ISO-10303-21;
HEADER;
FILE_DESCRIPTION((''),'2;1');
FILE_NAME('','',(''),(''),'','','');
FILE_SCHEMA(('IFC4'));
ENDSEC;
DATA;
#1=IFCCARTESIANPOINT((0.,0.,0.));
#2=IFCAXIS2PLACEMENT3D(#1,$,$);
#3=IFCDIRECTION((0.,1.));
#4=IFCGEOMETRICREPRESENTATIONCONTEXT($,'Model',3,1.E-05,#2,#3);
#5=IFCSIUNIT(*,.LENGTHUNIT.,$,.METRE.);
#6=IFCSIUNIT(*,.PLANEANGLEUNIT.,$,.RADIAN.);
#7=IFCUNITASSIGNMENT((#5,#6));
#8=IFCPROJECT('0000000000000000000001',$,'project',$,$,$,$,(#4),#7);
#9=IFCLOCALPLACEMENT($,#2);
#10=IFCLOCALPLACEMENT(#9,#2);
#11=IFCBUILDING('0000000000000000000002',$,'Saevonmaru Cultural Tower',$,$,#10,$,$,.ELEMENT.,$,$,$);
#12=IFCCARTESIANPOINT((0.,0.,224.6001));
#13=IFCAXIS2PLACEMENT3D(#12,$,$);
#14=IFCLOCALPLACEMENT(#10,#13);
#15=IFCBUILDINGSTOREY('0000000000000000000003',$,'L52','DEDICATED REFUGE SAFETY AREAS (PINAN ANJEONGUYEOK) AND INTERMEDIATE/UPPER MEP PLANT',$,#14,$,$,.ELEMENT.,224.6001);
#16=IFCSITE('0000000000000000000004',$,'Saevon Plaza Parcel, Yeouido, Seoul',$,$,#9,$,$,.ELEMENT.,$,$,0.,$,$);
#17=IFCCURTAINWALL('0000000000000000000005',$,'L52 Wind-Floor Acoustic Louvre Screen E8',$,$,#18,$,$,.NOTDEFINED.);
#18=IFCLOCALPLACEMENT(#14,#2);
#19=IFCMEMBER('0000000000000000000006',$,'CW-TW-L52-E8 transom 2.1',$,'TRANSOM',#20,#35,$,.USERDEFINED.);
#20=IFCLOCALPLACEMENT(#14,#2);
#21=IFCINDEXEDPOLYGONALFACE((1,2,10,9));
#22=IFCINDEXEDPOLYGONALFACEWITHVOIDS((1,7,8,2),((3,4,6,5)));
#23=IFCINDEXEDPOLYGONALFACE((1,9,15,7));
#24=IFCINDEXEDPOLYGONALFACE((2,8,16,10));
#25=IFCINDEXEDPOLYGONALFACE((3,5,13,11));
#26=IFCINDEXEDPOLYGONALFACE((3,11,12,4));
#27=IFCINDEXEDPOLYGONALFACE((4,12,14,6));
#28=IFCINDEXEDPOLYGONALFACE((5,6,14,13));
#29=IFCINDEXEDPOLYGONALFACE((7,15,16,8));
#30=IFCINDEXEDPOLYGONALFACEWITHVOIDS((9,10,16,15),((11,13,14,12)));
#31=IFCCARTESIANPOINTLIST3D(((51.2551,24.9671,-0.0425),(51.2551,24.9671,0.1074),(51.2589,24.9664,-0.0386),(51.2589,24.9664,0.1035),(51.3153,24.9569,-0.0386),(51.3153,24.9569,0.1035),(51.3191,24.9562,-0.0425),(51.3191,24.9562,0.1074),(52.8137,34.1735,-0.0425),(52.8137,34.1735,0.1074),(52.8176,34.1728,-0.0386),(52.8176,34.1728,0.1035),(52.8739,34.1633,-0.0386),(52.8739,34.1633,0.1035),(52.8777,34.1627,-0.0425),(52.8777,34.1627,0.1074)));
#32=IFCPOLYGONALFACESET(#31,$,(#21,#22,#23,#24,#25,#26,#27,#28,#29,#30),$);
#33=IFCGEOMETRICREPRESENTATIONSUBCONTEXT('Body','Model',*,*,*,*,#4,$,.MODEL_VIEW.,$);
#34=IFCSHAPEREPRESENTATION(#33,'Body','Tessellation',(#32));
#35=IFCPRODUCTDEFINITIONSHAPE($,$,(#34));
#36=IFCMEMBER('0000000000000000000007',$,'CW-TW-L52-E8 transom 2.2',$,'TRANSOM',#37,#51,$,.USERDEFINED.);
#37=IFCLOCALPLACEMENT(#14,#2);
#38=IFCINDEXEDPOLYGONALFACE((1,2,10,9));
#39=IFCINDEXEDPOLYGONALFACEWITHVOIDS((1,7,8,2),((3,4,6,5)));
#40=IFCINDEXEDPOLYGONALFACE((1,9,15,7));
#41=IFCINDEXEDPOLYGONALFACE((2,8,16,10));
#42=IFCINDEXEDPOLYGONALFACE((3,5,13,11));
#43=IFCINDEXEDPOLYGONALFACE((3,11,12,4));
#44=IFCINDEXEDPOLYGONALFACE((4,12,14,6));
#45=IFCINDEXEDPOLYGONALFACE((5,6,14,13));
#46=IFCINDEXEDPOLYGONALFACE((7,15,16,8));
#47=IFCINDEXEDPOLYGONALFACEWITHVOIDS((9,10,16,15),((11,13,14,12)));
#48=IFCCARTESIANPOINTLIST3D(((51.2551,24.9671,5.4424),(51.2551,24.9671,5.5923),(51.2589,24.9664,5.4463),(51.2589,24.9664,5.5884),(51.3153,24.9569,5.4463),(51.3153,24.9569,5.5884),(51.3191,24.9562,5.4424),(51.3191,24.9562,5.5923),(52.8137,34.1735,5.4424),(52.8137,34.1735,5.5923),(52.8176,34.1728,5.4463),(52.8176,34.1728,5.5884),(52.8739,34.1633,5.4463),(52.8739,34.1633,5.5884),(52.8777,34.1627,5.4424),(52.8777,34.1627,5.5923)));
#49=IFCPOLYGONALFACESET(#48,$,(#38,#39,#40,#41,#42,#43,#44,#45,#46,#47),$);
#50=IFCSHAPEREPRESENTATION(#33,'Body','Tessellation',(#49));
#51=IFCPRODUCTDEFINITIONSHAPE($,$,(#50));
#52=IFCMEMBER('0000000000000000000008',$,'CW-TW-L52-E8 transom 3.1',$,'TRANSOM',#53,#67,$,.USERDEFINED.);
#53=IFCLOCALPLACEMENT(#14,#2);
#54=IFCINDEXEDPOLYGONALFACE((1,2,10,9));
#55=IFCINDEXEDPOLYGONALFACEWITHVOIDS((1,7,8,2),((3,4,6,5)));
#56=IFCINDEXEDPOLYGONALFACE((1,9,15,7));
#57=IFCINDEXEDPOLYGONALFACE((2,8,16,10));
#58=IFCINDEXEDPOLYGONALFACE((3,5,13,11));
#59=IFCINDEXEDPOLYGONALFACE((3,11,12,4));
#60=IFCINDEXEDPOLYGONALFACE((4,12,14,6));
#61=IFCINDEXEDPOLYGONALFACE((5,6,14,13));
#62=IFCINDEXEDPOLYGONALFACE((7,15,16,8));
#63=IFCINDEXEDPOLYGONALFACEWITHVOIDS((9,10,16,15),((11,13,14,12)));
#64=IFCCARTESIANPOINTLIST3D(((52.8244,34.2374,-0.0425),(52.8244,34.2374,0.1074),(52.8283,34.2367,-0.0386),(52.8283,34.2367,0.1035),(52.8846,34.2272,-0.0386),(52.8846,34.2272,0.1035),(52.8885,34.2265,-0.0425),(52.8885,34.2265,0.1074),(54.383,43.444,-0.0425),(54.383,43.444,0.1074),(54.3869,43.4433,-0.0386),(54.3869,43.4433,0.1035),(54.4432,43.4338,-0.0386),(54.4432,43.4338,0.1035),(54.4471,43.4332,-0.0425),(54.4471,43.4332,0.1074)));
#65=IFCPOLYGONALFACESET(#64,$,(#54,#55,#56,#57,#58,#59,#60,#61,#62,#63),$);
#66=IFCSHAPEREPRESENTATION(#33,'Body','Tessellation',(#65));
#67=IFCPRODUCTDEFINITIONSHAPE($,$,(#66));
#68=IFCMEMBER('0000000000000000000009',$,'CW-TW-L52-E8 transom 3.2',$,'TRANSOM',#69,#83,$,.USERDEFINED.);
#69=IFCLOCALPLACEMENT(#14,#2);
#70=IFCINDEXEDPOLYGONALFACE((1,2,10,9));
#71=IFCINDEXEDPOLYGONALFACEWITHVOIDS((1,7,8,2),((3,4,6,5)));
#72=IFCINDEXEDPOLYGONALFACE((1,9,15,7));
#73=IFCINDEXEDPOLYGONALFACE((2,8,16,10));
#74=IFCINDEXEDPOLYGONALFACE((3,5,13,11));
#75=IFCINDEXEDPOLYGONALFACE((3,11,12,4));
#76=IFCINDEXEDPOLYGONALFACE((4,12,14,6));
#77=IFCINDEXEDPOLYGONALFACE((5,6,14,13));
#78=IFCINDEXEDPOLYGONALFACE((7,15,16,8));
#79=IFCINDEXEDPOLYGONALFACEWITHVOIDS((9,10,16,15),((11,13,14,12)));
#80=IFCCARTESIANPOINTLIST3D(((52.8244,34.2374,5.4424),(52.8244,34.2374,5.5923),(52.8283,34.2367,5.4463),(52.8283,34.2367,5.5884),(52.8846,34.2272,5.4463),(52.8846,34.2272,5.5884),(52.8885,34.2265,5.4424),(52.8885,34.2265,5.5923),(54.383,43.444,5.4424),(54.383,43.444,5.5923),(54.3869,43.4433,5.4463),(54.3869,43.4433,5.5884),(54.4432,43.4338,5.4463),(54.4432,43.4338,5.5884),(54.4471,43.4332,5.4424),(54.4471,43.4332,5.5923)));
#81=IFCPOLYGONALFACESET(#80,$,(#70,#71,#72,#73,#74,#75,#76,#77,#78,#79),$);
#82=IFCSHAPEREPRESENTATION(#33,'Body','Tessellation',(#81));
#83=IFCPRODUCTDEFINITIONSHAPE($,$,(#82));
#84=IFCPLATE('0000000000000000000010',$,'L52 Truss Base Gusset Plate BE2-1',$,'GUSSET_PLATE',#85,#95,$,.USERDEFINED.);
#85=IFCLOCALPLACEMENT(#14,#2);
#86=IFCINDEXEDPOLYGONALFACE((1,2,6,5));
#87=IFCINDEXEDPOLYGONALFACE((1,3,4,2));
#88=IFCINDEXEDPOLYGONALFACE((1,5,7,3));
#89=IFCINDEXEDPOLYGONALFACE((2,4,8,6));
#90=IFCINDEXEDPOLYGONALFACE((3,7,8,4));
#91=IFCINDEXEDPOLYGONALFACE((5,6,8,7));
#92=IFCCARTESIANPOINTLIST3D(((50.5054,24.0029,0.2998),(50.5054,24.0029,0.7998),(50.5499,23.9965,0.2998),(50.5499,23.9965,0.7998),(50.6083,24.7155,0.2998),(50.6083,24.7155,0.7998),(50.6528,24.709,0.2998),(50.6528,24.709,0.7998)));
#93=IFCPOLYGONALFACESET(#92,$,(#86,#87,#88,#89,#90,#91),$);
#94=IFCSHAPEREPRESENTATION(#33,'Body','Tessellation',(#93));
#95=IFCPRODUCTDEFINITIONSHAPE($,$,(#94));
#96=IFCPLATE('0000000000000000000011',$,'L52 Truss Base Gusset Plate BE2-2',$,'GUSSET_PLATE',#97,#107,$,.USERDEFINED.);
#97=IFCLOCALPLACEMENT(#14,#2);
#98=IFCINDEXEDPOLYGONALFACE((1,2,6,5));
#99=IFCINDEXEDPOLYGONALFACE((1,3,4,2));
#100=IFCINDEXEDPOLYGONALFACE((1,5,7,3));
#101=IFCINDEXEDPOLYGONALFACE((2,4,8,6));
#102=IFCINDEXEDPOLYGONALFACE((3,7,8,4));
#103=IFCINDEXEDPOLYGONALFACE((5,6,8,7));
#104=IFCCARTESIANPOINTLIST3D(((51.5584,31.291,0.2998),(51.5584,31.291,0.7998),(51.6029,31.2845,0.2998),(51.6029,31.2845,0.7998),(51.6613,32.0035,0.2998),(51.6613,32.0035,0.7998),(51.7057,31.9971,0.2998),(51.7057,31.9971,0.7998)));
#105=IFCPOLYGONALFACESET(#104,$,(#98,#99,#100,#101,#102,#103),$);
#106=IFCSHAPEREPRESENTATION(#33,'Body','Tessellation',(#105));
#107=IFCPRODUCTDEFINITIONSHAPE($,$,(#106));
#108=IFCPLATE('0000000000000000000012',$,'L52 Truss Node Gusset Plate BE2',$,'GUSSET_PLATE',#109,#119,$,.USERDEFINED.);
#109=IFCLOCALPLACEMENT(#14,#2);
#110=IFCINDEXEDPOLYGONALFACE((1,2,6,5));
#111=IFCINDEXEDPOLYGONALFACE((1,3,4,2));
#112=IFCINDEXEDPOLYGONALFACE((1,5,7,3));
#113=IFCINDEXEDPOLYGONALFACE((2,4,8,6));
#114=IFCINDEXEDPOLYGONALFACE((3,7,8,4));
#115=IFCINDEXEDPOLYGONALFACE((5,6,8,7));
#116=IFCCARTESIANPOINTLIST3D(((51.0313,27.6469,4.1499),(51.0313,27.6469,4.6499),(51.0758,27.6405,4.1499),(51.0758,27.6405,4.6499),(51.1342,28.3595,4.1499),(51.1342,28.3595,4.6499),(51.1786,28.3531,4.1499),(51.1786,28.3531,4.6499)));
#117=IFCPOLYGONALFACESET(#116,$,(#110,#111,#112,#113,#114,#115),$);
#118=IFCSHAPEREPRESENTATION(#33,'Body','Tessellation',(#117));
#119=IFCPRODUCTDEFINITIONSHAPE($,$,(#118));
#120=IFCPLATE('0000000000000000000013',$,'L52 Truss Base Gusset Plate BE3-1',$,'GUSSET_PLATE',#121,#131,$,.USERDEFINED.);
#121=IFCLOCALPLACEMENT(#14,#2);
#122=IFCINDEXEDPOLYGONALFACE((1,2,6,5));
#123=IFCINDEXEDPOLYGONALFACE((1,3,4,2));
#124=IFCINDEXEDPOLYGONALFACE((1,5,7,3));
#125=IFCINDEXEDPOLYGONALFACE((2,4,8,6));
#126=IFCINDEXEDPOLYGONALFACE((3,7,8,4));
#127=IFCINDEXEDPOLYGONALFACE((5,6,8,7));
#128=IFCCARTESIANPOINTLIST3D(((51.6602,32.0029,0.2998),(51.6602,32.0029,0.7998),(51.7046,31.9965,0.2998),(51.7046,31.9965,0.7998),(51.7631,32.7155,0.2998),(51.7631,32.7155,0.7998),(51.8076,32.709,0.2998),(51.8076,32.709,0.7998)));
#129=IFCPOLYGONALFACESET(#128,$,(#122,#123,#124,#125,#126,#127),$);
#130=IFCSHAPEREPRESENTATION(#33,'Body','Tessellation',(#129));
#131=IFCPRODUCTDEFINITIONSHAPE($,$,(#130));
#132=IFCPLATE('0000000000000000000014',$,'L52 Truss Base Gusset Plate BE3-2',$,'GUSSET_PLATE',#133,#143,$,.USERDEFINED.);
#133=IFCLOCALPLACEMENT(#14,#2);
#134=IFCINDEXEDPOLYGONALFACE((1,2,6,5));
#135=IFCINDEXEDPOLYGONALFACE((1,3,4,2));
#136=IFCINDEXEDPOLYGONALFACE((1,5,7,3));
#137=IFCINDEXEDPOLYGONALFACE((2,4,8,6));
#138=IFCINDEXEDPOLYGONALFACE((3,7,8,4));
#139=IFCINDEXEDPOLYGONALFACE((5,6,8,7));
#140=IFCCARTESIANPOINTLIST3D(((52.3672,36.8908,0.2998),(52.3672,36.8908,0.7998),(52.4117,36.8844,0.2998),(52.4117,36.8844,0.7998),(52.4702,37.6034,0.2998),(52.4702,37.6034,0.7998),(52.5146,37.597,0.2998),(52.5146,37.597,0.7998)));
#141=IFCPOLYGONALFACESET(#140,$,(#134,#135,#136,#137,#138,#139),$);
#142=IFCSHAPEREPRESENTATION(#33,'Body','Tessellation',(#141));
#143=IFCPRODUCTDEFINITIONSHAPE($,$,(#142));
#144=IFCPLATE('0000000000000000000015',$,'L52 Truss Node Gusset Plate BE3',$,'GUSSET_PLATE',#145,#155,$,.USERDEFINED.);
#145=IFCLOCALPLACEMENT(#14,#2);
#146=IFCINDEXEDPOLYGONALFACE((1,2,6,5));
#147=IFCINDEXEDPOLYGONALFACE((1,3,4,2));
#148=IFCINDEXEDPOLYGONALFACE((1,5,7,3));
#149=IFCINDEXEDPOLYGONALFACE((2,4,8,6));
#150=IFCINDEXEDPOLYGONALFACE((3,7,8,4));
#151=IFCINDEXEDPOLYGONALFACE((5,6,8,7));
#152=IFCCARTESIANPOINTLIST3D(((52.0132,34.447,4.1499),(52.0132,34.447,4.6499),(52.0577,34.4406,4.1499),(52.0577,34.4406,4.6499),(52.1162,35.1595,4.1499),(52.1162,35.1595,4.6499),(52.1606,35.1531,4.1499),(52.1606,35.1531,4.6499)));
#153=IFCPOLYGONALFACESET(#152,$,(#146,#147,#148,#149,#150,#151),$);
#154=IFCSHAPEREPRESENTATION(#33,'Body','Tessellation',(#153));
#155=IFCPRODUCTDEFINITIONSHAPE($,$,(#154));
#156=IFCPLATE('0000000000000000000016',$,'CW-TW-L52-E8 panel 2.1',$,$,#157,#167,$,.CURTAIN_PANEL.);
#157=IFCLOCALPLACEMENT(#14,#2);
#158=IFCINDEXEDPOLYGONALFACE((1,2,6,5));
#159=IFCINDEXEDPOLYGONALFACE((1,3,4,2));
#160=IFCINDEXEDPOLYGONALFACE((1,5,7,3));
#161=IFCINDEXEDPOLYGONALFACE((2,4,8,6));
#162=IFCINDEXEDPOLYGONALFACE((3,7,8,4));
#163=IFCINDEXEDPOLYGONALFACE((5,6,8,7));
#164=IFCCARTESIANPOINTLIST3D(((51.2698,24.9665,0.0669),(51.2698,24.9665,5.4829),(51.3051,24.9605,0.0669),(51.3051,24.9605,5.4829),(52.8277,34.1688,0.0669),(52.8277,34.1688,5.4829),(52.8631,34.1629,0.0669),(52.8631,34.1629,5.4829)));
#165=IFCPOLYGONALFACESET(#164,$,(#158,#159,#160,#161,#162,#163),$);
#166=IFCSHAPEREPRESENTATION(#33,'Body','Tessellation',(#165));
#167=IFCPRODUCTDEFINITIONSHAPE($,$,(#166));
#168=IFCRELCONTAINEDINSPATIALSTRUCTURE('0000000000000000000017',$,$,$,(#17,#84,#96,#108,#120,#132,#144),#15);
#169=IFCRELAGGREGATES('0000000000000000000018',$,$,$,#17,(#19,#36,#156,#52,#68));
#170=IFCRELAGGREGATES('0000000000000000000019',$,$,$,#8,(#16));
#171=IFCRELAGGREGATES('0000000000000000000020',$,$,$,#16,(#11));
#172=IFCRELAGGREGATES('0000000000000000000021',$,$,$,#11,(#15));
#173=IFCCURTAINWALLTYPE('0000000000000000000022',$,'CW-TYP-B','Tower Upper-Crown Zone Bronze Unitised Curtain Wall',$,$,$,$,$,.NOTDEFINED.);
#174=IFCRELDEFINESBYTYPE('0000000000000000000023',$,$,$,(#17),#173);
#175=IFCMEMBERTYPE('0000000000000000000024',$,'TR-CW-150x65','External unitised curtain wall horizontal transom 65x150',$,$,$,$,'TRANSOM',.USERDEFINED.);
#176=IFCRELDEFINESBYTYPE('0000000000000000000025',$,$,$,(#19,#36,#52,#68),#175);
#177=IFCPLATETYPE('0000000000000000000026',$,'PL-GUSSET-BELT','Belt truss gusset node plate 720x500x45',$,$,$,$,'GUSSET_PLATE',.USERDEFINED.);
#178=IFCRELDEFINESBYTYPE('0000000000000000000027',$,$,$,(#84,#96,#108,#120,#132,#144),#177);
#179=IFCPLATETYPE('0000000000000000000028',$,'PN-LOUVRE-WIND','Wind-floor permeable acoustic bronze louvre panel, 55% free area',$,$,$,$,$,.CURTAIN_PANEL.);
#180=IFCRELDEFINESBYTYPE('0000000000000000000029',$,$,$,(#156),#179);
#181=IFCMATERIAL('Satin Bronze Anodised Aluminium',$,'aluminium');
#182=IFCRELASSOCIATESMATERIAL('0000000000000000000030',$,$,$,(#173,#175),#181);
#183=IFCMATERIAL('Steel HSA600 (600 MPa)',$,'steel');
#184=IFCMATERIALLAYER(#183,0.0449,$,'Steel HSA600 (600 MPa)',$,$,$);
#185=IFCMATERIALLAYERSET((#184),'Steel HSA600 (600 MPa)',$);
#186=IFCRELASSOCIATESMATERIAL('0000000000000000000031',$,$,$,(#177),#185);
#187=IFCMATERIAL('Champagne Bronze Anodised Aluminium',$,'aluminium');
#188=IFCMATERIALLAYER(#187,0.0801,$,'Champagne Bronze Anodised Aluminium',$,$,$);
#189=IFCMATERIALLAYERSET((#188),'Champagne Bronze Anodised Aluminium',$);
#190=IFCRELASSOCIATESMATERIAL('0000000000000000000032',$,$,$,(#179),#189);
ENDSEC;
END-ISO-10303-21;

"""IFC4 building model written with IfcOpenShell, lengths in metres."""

from ifc_helpers import new_model, si_unit, direction, frame, origin, origin_2d, place, context, subcontext, project, spatial, rectangle, hollow_rectangle, extrude, material, layer, layer_set, material_profile, profile_set, type_object, element, aggregate, save


model = new_model("IFC4")

# Units and contexts
model_context = context("Model", 3, precision=1e-05, world=origin(), true_north=direction((0.0, 1.0)))
body_context = subcontext(model_context, "Body", "Model", "MODEL_VIEW")
ifc_project = project(units=[si_unit("LENGTHUNIT", "METRE"), si_unit("PLANEANGLEUNIT", "RADIAN")], contexts=[model_context])

# Site, building, storey
site_placement = place(None, origin())
site = spatial("IfcSite", under=ifc_project, at=site_placement, Name="Saevon Plaza Parcel, Yeouido, Seoul", CompositionType="ELEMENT", RefElevation=0.0)
building_placement = place(site_placement, origin())
building = spatial("IfcBuilding", under=site, at=building_placement, Name="Saevonmaru Cultural Tower", CompositionType="ELEMENT")
storey_placement = place(building_placement, frame((0.0, 0.0, 224.6001)))
storey = spatial("IfcBuildingStorey", under=building, at=storey_placement, Name="L52", Description="DEDICATED REFUGE SAFETY AREAS (PINAN ANJEONGUYEOK) AND INTERMEDIATE/UPPER MEP PLANT", CompositionType="ELEMENT", Elevation=224.6001)

# Curtain wall, members
ifc_material_1 = material(Name="Satin Bronze Anodised Aluminium", Category="aluminium")
curtain_wall_type = type_object("IfcCurtainWallType", Name="CW-TYP-B", Description="Tower Upper-Crown Zone Bronze Unitised Curtain Wall", PredefinedType="NOTDEFINED", material=ifc_material_1)
curtain_wall_placement = place(storey_placement, origin())
curtain_wall = element("IfcCurtainWall", 1, at=curtain_wall_placement, inside=storey, type_object=curtain_wall_type, Name="L52 Wind-Floor Acoustic Louvre Screen E8", PredefinedType="NOTDEFINED")
ifc_material_profile_1 = material_profile(ifc_material_1, hollow_rectangle(XDim=0.0649, YDim=0.1499, WallThickness=0.0039, at=origin_2d()), Name="ALU-TRAN-150x65x4")
ifc_profile_set_1 = profile_set([ifc_material_profile_1], Name="Satin Bronze Anodised Aluminium")
member_type_1 = type_object("IfcMemberType", Name="TR-CW-150x65", Description="External unitised curtain wall horizontal transom 65x150", ElementType="TRANSOM", PredefinedType="USERDEFINED", material=ifc_profile_set_1)
member_1_placement = place(storey_placement, frame((51.2871, 24.9617, 0.0325), z_axis=(0.166921, 0.98597, 0.0), x_axis=(-0.98597, 0.166921, 0.0)))
member_1 = element("IfcMember", 2, at=member_1_placement, type_object=member_type_1, Name="CW-TW-L52-E8 transom 2.1", ObjectType="TRANSOM", PredefinedType="USERDEFINED", context=body_context, shape_type="SweptSolid", body=[
    extrude(hollow_rectangle(XDim=0.0649, YDim=0.1499, WallThickness=0.0039, at=origin_2d()), origin(), (0.0, 0.0, 1.0), 9.3374),
])
member_2_placement = place(storey_placement, frame((51.2871, 24.9617, 5.5173), z_axis=(0.166921, 0.98597, 0.0), x_axis=(-0.98597, 0.166921, 0.0)))
member_2 = element("IfcMember", 3, at=member_2_placement, type_object=member_type_1, Name="CW-TW-L52-E8 transom 2.2", ObjectType="TRANSOM", PredefinedType="USERDEFINED", context=body_context, shape_type="SweptSolid", body=[
    extrude(hollow_rectangle(XDim=0.0649, YDim=0.1499, WallThickness=0.0039, at=origin_2d()), origin(), (0.0, 0.0, 1.0), 9.3374),
])
member_3_placement = place(storey_placement, frame((52.8564, 34.2319, 0.0325), z_axis=(0.166917, 0.985971, 0.0), x_axis=(-0.985971, 0.166917, 0.0)))
member_3 = element("IfcMember", 4, at=member_3_placement, type_object=member_type_1, Name="CW-TW-L52-E8 transom 3.1", ObjectType="TRANSOM", PredefinedType="USERDEFINED", context=body_context, shape_type="SweptSolid", body=[
    extrude(hollow_rectangle(XDim=0.0649, YDim=0.1499, WallThickness=0.0039, at=origin_2d()), origin(), (0.0, 0.0, 1.0), 9.3376),
])
member_4_placement = place(storey_placement, frame((52.8564, 34.2319, 5.5173), z_axis=(0.166917, 0.985971, 0.0), x_axis=(-0.985971, 0.166917, 0.0)))
member_4 = element("IfcMember", 5, at=member_4_placement, type_object=member_type_1, Name="CW-TW-L52-E8 transom 3.2", ObjectType="TRANSOM", PredefinedType="USERDEFINED", context=body_context, shape_type="SweptSolid", body=[
    extrude(hollow_rectangle(XDim=0.0649, YDim=0.1499, WallThickness=0.0039, at=origin_2d()), origin(), (0.0, 0.0, 1.0), 9.3376),
])

# Plates
ifc_material_2 = material(Name="Steel HSA600 (600 MPa)", Category="steel")
ifc_layer_1 = layer(ifc_material_2, 0.0449, Name="Steel HSA600 (600 MPa)")
ifc_layer_set_1 = layer_set([ifc_layer_1], Name="Steel HSA600 (600 MPa)")
plate_type_1 = type_object("IfcPlateType", Name="PL-GUSSET-BELT", Description="Belt truss gusset node plate 720x500x45", ElementType="GUSSET_PLATE", PredefinedType="USERDEFINED", material=ifc_layer_set_1)
for number, where, z_axis, x_axis, name in (
    (6, (50.5791, 24.356, 0.2998), (0.0, 0.0, 1.0), (0.142888, 0.989739, 0.0), "L52 Truss Base Gusset Plate BE2-1"),
    (7, (51.6321, 31.644, 0.2998), (0.0, 0.0, 1.0), (0.142888, 0.989739, 0.0), "L52 Truss Base Gusset Plate BE2-2"),
    (8, (51.105, 28.0, 4.1499), (0.0, 0.0, 1.0), (0.142888, 0.989739, 0.0), "L52 Truss Node Gusset Plate BE2"),
    (9, (51.7339, 32.356, 0.2998), (0.0, 0.0, 1.0), (0.142974, 0.989726, 0.0), "L52 Truss Base Gusset Plate BE3-1"),
    (10, (52.4409, 37.2439, 0.2998), (0.0, 0.0, 1.0), (0.142974, 0.989726, 0.0), "L52 Truss Base Gusset Plate BE3-2"),
    (11, (52.0869, 34.8, 4.1499), (0.0, 0.0, 1.0), (0.142974, 0.989726, 0.0), "L52 Truss Node Gusset Plate BE3"),
):
    element("IfcPlate", number, at=place(storey_placement, frame(where, z_axis=z_axis, x_axis=x_axis)), inside=storey, type_object=plate_type_1, Name=name, ObjectType="GUSSET_PLATE", PredefinedType="USERDEFINED", context=body_context, shape_type="SweptSolid", body=[
        extrude(rectangle(XDim=0.72, YDim=0.0449, at=origin_2d()), origin(), (0.0, 0.0, 1.0), 0.5),
    ])

# Plate
ifc_material_3 = material(Name="Champagne Bronze Anodised Aluminium", Category="aluminium")
ifc_layer_2 = layer(ifc_material_3, 0.0801, Name="Champagne Bronze Anodised Aluminium")
ifc_layer_set_2 = layer_set([ifc_layer_2], Name="Champagne Bronze Anodised Aluminium")
plate_type_2 = type_object("IfcPlateType", Name="PN-LOUVRE-WIND", Description="Wind-floor permeable acoustic bronze louvre panel, 55% free area", PredefinedType="CURTAIN_PANEL", material=ifc_layer_set_2)
plate_placement = place(storey_placement, frame((52.0664, 29.5647, 0.0669), z_axis=(0.0, 0.0, 1.0), x_axis=(0.166922, 0.98597, 0.0)))
plate = element("IfcPlate", 12, at=plate_placement, type_object=plate_type_2, Name="CW-TW-L52-E8 panel 2.1", PredefinedType="CURTAIN_PANEL", context=body_context, shape_type="SweptSolid", body=[
    extrude(rectangle(XDim=9.3333, YDim=0.0359, at=origin_2d()), origin(), (0.0, 0.0, 1.0), 5.416),
])
aggregate(curtain_wall, [member_1, member_2, plate, member_3, member_4])

save(model, "model.ifc")
